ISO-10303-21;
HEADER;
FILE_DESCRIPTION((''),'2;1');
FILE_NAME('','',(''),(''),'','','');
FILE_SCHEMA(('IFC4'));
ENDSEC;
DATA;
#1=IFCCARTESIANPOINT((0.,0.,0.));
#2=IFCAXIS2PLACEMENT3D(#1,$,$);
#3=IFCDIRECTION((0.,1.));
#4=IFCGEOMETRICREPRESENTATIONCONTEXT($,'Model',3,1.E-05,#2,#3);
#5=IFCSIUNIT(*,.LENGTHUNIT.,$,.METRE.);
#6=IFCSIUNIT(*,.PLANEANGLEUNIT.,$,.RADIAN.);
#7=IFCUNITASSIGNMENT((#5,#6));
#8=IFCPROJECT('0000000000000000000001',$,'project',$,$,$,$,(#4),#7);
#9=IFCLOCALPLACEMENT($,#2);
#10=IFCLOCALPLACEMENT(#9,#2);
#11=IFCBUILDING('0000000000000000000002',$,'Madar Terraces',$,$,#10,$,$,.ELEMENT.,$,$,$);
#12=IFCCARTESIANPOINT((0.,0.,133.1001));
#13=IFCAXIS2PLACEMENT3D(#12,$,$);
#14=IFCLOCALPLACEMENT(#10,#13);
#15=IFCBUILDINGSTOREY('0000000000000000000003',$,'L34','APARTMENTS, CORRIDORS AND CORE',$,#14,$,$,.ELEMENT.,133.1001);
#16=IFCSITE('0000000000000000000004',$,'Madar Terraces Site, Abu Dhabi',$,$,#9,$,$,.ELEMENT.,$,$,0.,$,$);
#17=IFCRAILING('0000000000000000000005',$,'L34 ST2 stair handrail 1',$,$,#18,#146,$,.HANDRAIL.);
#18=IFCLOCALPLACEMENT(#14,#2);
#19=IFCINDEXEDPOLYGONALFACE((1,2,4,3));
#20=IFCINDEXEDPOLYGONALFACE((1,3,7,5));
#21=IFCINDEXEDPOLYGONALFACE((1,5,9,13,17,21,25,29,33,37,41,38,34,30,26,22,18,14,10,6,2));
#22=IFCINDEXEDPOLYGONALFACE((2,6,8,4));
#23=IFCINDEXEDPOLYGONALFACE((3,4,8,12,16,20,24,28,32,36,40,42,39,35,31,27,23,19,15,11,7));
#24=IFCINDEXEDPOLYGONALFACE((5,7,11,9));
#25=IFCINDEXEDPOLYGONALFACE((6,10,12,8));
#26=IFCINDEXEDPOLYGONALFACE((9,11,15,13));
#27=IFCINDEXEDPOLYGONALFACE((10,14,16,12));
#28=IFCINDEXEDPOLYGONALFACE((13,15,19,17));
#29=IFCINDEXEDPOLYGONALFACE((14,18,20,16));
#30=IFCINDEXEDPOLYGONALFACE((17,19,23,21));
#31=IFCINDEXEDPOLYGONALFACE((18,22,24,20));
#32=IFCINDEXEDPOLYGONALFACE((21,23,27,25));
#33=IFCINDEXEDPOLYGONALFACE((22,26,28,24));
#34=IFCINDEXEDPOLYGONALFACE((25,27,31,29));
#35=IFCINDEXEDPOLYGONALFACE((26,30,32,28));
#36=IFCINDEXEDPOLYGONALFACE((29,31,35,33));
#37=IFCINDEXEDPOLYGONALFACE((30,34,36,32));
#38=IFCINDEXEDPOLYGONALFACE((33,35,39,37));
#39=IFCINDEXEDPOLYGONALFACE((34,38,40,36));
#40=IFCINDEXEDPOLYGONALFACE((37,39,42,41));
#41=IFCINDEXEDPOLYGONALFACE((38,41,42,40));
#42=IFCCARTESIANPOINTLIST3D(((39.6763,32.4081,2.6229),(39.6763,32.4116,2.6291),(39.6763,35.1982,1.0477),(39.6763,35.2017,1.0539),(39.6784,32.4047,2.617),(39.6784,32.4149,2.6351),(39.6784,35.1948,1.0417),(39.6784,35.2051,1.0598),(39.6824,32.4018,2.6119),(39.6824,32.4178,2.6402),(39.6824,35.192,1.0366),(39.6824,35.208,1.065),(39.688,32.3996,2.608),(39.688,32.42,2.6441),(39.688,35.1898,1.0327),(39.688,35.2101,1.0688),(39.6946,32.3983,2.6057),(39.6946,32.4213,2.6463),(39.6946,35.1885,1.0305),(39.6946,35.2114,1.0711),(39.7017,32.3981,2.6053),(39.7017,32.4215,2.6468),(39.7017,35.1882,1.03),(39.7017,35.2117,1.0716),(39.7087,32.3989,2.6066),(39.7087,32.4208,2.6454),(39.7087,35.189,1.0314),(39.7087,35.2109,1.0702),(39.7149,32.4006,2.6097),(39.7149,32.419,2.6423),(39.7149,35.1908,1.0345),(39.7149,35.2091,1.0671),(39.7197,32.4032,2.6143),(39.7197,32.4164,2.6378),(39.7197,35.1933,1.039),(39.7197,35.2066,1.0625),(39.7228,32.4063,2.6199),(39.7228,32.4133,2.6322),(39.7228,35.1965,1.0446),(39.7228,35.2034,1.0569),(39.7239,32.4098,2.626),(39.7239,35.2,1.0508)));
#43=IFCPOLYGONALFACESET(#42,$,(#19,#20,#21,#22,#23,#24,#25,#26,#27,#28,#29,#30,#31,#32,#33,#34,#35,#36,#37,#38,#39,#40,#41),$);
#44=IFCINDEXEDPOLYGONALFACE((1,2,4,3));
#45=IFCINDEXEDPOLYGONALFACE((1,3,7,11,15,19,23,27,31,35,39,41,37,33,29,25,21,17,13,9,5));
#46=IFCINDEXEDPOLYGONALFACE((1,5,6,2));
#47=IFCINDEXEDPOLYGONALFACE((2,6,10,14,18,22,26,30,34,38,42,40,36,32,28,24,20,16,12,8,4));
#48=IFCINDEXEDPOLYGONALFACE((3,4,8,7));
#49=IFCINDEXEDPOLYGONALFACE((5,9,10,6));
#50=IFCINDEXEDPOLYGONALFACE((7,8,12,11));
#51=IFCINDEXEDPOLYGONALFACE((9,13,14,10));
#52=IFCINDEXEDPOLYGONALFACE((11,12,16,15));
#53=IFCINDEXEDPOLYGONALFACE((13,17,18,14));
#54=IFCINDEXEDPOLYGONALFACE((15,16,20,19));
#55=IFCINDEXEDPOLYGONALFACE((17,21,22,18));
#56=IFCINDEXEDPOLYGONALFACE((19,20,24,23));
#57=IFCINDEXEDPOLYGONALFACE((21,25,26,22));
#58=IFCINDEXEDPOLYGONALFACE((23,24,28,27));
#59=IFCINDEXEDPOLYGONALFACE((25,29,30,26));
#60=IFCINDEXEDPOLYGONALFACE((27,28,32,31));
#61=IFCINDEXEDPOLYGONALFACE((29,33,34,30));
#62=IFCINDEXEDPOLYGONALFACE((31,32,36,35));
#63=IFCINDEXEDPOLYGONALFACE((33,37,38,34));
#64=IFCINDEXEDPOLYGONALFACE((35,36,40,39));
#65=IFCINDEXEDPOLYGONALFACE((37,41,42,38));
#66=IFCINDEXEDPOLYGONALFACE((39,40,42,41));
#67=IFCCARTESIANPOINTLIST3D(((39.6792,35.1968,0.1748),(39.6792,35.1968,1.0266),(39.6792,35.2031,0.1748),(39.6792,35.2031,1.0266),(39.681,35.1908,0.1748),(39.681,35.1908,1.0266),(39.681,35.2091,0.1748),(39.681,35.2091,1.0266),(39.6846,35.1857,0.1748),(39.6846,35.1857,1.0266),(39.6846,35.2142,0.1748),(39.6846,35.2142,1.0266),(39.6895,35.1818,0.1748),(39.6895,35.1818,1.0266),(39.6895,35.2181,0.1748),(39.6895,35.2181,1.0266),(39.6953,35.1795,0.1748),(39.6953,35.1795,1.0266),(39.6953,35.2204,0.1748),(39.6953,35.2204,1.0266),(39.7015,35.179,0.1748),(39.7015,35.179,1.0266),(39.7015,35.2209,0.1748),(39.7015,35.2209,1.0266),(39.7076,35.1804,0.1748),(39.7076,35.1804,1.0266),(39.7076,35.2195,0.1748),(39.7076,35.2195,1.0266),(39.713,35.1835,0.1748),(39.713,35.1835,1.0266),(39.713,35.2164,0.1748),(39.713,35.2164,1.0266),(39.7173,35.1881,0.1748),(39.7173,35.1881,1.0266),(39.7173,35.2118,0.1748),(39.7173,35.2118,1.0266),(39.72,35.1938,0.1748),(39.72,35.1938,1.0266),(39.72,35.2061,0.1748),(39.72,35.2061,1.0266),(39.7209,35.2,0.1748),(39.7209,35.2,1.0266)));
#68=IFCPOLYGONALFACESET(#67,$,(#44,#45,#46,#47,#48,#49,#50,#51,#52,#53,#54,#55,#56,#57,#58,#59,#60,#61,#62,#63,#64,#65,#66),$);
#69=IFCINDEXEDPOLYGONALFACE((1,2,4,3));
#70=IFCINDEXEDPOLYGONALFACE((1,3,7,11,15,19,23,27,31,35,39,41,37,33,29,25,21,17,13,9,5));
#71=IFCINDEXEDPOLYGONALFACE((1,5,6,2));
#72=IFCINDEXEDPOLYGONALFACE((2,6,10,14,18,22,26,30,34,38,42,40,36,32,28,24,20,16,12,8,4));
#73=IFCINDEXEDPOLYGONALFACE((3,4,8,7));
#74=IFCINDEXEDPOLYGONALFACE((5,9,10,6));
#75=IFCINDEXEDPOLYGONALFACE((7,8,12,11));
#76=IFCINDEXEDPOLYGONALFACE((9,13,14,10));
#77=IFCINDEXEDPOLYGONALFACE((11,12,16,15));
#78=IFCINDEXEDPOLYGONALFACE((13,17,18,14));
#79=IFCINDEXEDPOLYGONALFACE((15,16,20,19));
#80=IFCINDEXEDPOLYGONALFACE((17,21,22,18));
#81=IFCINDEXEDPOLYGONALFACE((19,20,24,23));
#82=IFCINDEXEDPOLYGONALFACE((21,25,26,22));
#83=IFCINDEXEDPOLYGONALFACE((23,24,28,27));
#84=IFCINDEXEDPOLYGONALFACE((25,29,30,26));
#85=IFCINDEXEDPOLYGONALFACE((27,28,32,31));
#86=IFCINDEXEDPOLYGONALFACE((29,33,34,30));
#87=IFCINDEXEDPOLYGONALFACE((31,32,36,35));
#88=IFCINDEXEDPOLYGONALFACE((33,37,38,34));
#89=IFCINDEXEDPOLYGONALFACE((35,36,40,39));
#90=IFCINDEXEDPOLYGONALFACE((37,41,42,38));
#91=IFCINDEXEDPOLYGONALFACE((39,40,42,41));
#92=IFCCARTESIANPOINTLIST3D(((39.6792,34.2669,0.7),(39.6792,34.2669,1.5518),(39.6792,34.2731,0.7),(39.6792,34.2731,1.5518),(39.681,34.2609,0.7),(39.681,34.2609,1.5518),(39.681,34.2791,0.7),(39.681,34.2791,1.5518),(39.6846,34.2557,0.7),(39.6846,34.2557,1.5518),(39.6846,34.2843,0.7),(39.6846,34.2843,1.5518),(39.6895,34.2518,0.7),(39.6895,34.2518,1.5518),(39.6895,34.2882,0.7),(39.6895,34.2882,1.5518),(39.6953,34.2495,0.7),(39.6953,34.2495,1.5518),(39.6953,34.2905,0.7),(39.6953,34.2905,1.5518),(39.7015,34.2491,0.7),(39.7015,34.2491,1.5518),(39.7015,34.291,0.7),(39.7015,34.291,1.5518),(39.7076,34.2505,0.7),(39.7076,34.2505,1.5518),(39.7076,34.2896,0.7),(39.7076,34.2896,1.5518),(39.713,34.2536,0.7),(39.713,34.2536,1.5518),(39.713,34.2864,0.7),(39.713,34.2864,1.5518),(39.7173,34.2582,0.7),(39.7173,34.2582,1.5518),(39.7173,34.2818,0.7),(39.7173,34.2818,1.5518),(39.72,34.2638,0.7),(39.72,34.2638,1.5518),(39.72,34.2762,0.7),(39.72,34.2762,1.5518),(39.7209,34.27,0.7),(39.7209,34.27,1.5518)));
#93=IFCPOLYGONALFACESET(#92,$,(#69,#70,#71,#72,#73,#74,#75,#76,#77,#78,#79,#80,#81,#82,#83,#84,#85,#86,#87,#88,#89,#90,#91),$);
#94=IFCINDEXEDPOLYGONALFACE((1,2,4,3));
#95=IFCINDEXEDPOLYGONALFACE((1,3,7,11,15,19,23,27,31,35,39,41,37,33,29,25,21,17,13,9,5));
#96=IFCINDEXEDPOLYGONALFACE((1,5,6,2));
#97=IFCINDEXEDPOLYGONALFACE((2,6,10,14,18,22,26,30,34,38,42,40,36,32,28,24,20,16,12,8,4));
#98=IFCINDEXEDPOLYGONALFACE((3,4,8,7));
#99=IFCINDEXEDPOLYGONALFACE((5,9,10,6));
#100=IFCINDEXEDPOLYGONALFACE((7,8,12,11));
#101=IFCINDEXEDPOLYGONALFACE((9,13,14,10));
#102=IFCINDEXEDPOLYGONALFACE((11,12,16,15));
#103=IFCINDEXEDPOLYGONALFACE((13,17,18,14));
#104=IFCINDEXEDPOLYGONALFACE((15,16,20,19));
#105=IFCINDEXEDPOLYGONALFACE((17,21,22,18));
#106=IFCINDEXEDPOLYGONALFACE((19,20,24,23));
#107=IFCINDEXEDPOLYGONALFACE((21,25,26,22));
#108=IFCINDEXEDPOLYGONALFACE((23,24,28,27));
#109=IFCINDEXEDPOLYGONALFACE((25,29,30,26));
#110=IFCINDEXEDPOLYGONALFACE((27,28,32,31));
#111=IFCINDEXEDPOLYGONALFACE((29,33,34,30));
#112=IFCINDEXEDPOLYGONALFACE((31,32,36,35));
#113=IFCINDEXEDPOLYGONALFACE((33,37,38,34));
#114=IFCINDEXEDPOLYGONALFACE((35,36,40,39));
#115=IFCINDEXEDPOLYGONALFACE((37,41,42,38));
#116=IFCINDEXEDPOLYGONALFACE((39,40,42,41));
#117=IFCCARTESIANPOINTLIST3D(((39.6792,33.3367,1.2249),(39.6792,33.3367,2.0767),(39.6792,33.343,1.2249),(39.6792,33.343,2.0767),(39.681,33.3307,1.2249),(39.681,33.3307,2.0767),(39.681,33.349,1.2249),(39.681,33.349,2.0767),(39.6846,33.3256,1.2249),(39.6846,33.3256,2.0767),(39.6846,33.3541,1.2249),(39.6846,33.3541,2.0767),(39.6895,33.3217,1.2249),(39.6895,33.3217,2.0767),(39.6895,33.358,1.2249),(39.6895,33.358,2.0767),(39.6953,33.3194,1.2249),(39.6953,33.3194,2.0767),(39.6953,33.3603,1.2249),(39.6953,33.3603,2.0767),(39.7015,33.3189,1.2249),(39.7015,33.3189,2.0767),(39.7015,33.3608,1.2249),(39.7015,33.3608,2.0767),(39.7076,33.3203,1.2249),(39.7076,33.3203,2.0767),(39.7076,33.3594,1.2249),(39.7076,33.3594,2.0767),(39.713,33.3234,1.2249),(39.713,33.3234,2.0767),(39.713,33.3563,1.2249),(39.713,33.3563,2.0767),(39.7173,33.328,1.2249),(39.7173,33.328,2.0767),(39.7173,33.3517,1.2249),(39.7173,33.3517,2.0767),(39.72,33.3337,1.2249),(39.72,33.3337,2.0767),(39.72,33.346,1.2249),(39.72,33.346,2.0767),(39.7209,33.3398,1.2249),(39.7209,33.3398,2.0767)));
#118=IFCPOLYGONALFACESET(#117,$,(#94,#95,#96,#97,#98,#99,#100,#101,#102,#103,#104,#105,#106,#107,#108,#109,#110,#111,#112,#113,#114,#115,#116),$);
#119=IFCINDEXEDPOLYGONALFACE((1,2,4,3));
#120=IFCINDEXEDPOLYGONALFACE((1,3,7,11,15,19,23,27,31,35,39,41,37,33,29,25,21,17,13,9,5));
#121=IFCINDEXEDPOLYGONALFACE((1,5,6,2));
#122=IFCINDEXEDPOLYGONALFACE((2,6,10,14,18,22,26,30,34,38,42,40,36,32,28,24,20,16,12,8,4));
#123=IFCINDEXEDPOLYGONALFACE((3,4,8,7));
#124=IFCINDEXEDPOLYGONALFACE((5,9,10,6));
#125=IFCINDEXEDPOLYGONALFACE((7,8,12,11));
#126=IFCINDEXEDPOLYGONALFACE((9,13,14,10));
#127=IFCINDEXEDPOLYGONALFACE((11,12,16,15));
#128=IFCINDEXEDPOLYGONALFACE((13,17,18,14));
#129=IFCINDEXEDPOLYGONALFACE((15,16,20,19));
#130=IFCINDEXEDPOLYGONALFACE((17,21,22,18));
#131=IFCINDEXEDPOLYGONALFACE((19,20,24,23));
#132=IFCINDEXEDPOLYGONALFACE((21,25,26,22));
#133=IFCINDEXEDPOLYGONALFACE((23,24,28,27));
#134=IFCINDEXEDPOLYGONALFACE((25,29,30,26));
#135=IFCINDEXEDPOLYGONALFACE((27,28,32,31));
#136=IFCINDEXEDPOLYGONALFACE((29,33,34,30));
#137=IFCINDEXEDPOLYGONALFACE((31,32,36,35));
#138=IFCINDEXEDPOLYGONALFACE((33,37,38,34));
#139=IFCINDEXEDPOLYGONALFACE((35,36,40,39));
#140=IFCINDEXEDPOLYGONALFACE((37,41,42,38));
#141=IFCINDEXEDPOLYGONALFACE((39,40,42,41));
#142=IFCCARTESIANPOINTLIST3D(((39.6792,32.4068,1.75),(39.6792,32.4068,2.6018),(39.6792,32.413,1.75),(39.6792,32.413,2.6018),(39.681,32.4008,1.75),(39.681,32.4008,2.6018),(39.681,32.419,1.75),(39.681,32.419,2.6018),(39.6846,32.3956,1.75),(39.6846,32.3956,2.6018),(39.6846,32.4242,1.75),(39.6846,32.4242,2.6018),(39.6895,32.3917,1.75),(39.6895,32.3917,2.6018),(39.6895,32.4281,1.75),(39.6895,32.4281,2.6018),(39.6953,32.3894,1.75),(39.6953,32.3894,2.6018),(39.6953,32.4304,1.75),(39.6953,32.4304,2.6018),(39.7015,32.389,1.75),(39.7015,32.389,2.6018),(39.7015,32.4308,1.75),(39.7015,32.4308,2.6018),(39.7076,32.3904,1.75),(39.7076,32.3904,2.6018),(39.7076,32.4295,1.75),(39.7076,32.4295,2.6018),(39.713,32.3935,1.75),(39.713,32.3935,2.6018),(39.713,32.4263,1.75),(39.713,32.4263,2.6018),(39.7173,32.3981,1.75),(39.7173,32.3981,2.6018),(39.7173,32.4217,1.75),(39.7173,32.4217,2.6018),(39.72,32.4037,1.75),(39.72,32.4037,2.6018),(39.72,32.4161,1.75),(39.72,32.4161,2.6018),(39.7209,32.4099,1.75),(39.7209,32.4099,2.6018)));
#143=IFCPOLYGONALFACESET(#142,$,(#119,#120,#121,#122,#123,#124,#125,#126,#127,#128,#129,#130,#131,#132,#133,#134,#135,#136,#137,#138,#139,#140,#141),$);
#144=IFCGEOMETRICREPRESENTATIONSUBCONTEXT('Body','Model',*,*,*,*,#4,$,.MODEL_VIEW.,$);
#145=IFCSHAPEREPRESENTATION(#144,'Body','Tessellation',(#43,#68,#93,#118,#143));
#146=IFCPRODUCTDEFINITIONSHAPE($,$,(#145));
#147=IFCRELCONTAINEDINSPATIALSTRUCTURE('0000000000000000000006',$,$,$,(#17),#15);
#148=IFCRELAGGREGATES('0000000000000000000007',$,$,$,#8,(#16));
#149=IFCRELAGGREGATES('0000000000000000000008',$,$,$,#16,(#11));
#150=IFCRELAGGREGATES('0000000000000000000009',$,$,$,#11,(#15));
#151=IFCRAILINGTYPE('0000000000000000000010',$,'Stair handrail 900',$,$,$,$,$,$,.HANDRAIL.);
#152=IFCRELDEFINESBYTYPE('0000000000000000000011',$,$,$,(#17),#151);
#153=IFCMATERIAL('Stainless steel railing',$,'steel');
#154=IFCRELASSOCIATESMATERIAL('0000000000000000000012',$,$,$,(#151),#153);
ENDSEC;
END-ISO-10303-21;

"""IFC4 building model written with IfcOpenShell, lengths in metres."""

from ifc_helpers import new_model, si_unit, direction, frame, origin, origin_2d, place, context, subcontext, project, spatial, circle, extrude, material, type_object, element, save


model = new_model("IFC4")

# Units and contexts
model_context = context("Model", 3, precision=1e-05, world=origin(), true_north=direction((0.0, 1.0)))
body_context = subcontext(model_context, "Body", "Model", "MODEL_VIEW")
ifc_project = project(units=[si_unit("LENGTHUNIT", "METRE"), si_unit("PLANEANGLEUNIT", "RADIAN")], contexts=[model_context])

# Site, building, storey
site_placement = place(None, origin())
site = spatial("IfcSite", under=ifc_project, at=site_placement, Name="Madar Terraces Site, Abu Dhabi", CompositionType="ELEMENT", RefElevation=0.0)
building_placement = place(site_placement, origin())
building = spatial("IfcBuilding", under=site, at=building_placement, Name="Madar Terraces", CompositionType="ELEMENT")
storey_placement = place(building_placement, frame((0.0, 0.0, 133.1001)))
storey = spatial("IfcBuildingStorey", under=building, at=storey_placement, Name="L34", Description="APARTMENTS, CORRIDORS AND CORE", CompositionType="ELEMENT", Elevation=133.1001)

# Railing
ifc_material_1 = material(Name="Stainless steel railing", Category="steel")
railing_type_1 = type_object("IfcRailingType", Name="Stair handrail 900", PredefinedType="HANDRAIL", material=ifc_material_1)
railing_1_placement = place(storey_placement, frame((39.7, 35.2, 0.1748)))
element("IfcRailing", 1, at=railing_1_placement, inside=storey, type_object=railing_type_1, Name="L34 ST2 stair handrail 1", PredefinedType="HANDRAIL", context=body_context, shape_type="SweptSolid", body=[
    extrude(circle(Radius=0.0239, at=origin_2d()), frame((0.0, 0.0, 0.876), z_axis=(0.0, -0.870801, 0.491635), x_axis=(1.0, 0.0, 0.0)), (0.0, 0.0, 1.0), 3.2041),
    extrude(circle(Radius=0.021, at=origin_2d()), origin(), (0.0, 0.0, 1.0), 0.8518),
    extrude(circle(Radius=0.021, at=origin_2d()), frame((0.0, -0.9299, 0.5251)), (0.0, 0.0, 1.0), 0.8518),
    extrude(circle(Radius=0.021, at=origin_2d()), frame((0.0, -1.8601, 1.05)), (0.0, 0.0, 1.0), 0.8518),
    extrude(circle(Radius=0.021, at=origin_2d()), frame((0.0, -2.79, 1.5752)), (0.0, 0.0, 1.0), 0.8518),
])

save(model, "model.ifc")
